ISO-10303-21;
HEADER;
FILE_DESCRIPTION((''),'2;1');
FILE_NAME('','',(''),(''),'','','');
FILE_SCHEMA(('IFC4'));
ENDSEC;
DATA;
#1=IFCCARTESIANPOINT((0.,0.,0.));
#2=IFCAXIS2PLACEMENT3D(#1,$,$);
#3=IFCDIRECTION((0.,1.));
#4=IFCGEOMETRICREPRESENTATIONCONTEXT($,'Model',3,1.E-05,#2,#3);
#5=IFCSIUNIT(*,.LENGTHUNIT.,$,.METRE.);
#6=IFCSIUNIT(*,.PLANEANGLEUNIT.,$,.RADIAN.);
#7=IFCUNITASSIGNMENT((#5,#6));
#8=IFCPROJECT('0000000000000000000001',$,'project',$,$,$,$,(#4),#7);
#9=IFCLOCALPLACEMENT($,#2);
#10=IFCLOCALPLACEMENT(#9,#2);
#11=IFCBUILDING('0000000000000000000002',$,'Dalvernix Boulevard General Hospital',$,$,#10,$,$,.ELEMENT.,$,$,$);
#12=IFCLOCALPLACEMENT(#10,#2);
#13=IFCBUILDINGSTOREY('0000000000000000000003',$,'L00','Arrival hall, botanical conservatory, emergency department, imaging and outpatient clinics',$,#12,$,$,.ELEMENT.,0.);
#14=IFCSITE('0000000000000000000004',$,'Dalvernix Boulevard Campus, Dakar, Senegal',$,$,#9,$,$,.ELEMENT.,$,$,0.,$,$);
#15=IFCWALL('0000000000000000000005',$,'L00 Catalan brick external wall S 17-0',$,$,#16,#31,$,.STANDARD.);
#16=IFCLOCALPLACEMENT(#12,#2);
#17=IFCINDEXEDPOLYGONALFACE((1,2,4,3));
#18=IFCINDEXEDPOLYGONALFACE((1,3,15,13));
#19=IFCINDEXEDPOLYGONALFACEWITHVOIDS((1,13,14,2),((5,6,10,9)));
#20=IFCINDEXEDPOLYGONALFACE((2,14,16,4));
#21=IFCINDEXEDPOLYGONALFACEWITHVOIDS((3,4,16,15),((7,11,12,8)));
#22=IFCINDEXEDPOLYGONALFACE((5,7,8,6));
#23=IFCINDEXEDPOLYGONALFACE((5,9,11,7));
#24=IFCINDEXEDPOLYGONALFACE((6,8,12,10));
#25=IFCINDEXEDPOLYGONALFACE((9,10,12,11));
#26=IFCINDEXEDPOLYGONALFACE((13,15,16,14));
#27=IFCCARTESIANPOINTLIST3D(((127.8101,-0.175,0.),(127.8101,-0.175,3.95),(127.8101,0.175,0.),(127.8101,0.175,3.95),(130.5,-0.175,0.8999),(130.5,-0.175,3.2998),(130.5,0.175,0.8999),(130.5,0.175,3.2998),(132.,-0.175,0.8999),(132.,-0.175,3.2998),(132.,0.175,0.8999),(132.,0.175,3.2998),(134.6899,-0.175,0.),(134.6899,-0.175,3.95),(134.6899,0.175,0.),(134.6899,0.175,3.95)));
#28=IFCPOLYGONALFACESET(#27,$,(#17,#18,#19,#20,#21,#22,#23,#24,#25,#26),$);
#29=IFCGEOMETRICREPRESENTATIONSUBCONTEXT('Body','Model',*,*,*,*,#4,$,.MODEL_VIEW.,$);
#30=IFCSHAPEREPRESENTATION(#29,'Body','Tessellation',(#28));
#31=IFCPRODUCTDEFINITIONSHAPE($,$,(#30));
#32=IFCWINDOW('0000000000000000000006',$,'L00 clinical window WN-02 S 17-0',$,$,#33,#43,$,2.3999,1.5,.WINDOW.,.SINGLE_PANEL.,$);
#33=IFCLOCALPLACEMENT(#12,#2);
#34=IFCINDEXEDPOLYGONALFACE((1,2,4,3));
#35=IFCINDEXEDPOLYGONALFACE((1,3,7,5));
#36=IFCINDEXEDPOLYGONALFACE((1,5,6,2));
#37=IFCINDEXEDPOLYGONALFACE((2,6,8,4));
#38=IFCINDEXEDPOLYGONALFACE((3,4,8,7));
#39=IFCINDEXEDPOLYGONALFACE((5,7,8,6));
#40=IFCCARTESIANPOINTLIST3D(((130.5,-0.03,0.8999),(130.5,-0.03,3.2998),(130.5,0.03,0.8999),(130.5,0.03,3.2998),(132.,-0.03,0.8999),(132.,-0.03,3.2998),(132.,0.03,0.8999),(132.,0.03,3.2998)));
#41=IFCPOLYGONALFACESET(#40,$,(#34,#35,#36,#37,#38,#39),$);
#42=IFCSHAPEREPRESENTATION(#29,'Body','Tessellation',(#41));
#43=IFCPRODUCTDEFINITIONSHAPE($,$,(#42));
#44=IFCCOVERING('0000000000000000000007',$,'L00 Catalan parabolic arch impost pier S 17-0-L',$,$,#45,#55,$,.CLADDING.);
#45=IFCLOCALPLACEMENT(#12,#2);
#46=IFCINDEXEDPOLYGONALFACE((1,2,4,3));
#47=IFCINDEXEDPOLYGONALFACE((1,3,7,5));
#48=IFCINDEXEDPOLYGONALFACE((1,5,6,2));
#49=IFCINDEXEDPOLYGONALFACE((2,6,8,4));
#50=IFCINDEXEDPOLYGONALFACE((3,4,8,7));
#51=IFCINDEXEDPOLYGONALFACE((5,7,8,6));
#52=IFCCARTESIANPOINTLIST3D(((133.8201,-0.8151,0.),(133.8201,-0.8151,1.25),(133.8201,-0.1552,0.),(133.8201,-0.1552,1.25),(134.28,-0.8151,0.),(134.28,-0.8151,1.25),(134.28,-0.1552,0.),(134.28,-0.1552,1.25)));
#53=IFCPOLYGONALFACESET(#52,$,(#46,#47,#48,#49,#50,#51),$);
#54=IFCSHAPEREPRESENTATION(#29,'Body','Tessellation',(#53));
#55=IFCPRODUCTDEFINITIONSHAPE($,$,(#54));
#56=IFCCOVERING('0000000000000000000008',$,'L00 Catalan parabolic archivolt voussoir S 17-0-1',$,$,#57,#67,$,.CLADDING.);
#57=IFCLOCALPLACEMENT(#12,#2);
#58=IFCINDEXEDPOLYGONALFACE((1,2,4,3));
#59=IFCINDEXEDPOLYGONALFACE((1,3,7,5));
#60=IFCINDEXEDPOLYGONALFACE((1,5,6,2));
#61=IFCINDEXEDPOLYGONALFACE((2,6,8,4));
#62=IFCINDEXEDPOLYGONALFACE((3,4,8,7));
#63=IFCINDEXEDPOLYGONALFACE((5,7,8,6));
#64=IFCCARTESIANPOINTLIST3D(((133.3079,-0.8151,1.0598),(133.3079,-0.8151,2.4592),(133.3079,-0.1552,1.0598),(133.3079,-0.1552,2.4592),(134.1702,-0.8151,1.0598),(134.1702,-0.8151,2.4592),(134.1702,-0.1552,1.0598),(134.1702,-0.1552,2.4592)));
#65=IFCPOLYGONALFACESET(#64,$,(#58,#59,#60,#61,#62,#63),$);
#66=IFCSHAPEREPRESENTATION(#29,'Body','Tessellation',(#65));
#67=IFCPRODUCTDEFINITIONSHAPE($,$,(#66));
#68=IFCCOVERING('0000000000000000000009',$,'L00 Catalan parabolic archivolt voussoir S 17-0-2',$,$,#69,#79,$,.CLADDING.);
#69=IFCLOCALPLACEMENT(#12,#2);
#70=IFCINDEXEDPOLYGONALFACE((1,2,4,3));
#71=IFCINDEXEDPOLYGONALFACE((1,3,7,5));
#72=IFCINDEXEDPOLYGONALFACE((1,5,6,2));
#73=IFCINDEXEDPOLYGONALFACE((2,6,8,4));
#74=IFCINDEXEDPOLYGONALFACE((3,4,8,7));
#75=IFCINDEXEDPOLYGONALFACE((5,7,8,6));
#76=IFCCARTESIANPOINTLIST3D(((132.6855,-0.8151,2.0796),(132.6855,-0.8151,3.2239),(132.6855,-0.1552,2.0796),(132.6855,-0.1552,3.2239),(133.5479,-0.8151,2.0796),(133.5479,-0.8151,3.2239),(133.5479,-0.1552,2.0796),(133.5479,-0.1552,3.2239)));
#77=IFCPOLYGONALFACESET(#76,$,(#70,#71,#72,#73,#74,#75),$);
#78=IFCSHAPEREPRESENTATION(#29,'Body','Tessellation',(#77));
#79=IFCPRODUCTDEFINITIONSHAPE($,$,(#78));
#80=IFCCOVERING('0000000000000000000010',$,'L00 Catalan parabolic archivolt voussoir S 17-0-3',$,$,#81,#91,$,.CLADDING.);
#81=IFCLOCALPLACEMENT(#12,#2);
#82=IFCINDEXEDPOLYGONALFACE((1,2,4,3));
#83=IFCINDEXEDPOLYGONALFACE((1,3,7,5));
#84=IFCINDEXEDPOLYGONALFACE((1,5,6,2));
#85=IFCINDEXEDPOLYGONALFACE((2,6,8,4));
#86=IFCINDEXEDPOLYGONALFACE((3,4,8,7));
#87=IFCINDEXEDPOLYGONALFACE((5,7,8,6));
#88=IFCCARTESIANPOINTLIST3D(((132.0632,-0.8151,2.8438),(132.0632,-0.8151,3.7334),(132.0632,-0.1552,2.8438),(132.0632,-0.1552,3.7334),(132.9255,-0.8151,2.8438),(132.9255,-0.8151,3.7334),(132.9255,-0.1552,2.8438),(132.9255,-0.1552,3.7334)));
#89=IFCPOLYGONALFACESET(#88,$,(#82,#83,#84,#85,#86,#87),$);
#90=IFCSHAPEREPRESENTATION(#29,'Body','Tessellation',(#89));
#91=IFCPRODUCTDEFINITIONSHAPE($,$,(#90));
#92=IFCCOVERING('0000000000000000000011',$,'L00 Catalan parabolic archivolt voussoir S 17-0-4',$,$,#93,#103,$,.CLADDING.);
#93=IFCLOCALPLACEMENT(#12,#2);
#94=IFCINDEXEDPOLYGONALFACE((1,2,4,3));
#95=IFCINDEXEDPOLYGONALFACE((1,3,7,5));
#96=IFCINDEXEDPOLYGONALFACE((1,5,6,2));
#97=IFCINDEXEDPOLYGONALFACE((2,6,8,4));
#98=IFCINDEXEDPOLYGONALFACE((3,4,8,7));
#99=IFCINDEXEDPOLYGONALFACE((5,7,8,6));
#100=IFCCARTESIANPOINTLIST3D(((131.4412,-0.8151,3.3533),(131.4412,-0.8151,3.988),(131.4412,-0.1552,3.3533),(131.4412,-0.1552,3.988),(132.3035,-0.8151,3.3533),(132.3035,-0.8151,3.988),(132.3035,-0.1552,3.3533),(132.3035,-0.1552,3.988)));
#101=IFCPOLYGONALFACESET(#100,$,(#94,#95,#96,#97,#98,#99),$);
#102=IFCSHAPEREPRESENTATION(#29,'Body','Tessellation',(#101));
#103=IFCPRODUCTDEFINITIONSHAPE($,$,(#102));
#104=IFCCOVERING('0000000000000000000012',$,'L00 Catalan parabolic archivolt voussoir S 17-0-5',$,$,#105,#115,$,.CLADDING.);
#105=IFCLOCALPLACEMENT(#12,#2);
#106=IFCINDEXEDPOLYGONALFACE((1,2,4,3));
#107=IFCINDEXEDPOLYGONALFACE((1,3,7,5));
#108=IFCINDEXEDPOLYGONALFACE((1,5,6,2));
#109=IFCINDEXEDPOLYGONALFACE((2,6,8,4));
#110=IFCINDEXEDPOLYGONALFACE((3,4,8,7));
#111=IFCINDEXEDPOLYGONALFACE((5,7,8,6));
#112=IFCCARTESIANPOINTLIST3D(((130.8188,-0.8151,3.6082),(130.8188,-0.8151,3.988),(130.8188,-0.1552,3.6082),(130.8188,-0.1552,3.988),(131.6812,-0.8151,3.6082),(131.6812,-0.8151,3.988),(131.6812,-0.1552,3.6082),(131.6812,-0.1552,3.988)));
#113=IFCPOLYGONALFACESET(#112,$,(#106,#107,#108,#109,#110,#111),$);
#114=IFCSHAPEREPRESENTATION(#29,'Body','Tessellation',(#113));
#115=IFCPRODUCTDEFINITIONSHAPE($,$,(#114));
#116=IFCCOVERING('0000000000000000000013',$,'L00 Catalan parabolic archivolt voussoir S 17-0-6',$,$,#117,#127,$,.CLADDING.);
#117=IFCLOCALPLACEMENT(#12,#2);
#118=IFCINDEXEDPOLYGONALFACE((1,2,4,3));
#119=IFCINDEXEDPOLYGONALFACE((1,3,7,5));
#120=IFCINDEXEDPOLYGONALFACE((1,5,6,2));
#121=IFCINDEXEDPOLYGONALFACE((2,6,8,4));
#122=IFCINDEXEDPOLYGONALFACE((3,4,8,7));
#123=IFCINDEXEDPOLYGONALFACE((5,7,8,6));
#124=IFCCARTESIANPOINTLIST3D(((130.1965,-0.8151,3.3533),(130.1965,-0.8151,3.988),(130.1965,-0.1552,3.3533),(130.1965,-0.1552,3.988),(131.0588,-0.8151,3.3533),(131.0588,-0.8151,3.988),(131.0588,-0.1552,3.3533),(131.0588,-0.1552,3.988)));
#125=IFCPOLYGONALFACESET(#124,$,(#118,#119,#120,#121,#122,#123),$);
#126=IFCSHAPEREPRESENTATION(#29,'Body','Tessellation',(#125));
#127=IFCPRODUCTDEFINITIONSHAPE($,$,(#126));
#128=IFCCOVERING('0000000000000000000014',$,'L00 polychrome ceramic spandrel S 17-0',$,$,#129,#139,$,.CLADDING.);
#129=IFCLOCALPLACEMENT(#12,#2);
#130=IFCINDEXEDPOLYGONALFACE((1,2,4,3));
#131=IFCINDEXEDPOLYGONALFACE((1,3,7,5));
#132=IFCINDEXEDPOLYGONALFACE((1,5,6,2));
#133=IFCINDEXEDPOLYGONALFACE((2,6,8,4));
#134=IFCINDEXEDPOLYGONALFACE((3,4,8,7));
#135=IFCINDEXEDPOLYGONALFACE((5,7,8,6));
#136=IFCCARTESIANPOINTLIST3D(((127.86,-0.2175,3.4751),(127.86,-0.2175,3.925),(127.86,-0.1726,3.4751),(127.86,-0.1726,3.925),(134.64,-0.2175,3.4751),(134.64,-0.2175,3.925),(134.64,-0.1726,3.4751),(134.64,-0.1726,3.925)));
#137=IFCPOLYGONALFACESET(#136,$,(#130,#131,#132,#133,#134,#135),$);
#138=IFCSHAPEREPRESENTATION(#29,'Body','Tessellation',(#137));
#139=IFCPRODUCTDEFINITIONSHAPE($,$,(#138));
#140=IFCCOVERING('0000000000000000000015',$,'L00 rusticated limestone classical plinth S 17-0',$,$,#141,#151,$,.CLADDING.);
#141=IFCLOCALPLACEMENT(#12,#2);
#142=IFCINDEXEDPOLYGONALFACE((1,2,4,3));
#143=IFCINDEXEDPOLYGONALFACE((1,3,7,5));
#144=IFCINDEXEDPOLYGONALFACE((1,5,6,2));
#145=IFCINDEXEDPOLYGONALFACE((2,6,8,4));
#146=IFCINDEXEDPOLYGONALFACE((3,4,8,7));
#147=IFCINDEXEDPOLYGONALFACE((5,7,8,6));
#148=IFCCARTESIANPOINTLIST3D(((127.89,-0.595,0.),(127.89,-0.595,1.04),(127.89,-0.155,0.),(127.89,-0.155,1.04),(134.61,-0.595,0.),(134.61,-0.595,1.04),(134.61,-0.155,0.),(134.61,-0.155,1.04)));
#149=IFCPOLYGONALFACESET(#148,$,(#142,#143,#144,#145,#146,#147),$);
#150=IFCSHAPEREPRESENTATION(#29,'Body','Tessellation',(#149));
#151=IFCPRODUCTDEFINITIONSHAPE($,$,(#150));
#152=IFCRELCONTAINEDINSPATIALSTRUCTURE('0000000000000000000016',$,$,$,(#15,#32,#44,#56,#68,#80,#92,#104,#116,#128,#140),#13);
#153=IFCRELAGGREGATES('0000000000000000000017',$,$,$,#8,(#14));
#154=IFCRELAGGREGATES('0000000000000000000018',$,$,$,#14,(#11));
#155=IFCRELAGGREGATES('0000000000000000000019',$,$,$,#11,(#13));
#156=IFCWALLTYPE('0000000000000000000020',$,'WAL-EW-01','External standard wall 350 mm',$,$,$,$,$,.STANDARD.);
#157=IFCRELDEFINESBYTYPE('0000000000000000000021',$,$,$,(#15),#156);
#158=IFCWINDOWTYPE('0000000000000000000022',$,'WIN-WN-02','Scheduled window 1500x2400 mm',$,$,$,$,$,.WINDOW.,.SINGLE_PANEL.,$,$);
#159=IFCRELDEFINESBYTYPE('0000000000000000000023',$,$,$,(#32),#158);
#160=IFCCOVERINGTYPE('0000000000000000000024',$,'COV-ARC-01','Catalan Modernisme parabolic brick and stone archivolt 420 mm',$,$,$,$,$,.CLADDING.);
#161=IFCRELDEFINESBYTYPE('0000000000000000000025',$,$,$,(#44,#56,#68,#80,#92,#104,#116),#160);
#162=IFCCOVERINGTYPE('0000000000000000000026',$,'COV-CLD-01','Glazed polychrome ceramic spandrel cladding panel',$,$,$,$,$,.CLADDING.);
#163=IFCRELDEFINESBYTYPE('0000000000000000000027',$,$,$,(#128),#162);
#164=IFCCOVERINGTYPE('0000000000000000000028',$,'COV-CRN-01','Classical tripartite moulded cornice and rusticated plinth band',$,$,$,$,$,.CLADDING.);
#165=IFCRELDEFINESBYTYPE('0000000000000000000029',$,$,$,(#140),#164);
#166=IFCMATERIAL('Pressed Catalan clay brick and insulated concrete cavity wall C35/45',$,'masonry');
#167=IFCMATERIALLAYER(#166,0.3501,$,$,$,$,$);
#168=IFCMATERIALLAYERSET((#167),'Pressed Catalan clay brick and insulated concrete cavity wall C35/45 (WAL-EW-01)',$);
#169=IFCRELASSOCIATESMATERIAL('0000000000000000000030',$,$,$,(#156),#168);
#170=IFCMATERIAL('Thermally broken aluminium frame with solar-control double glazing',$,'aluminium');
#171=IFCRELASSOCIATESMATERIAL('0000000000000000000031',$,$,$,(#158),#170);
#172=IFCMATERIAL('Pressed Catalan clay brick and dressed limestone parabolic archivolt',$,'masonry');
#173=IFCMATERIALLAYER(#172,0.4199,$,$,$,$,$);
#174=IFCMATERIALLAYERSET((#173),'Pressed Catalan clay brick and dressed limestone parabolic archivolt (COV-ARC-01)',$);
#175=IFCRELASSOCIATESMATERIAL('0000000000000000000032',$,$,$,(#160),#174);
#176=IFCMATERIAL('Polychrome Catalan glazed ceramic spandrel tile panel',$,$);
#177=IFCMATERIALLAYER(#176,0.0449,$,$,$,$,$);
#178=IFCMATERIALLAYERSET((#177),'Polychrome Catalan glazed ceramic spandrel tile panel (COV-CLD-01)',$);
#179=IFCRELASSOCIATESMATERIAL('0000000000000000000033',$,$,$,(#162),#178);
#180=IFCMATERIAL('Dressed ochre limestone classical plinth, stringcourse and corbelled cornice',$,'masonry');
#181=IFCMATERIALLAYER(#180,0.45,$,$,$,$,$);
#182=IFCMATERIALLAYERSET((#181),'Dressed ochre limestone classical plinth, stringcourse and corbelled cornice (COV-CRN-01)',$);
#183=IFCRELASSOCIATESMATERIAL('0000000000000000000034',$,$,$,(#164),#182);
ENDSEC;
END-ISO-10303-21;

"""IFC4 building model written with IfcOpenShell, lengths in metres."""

from ifc_helpers import new_model, si_unit, direction, frame, frame_2d, origin, origin_2d, place, context, subcontext, project, spatial, rectangle, extrude, material, layer, layer_set, type_object, element, fill, save


model = new_model("IFC4")

# Units and contexts
model_context = context("Model", 3, precision=1e-05, world=origin(), true_north=direction((0.0, 1.0)))
body_context = subcontext(model_context, "Body", "Model", "MODEL_VIEW")
ifc_project = project(units=[si_unit("LENGTHUNIT", "METRE"), si_unit("PLANEANGLEUNIT", "RADIAN")], contexts=[model_context])

# Site, building, storey
site_placement = place(None, origin())
site = spatial("IfcSite", under=ifc_project, at=site_placement, Name="Dalvernix Boulevard Campus, Dakar, Senegal", CompositionType="ELEMENT", RefElevation=0.0)
building_placement = place(site_placement, origin())
building = spatial("IfcBuilding", under=site, at=building_placement, Name="Dalvernix Boulevard General Hospital", CompositionType="ELEMENT")
storey_placement = place(building_placement, origin())
storey = spatial("IfcBuildingStorey", under=building, at=storey_placement, Name="L00", Description="Arrival hall, botanical conservatory, emergency department, imaging and outpatient clinics", CompositionType="ELEMENT", Elevation=0.0)

# Wall, opening, window
ifc_material_1 = material(Name="Pressed Catalan clay brick and insulated concrete cavity wall C35/45", Category="masonry")
ifc_layer_1 = layer(ifc_material_1, 0.3501)
ifc_layer_set_1 = layer_set([ifc_layer_1], Name="Pressed Catalan clay brick and insulated concrete cavity wall C35/45 (WAL-EW-01)")
wall_type = type_object("IfcWallType", Name="WAL-EW-01", Description="External standard wall 350 mm", PredefinedType="STANDARD", material=ifc_layer_set_1)
wall_placement = place(storey_placement, frame((134.6899, 0.0, 0.0), z_axis=(0.0, 0.0, 1.0), x_axis=(-1.0, 0.0, 0.0)))
wall = element("IfcWall", 1, at=wall_placement, inside=storey, type_object=wall_type, Name="L00 Catalan brick external wall S 17-0", PredefinedType="STANDARD", context=body_context, shape_type="SweptSolid", body=[
    extrude(rectangle(XDim=6.8799, YDim=0.3501, at=frame_2d((3.4399, 0.0))), origin(), (0.0, 0.0, 1.0), 3.95),
])
opening_placement = place(wall_placement, frame((2.6899, 0.0, 0.8999)))
opening = element("IfcOpeningElement", 2, at=opening_placement, cuts=wall, PredefinedType="OPENING", context=body_context, shape_type="SweptSolid", body=[
    extrude(rectangle(XDim=1.5, YDim=2.3999, at=frame_2d((0.75, 1.2))), frame((0.0, 0.1851, 0.0), z_axis=(0.0, -1.0, 0.0), x_axis=(1.0, 0.0, 0.0)), (0.0, 0.0, 1.0), 0.3701),
])
ifc_material_2 = material(Name="Thermally broken aluminium frame with solar-control double glazing", Category="aluminium")
window_type = type_object("IfcWindowType", Name="WIN-WN-02", Description="Scheduled window 1500x2400 mm", PartitioningType="SINGLE_PANEL", PredefinedType="WINDOW", material=ifc_material_2)
window_placement = place(opening_placement, origin())
window = element("IfcWindow", 3, at=window_placement, inside=storey, type_object=window_type, Name="L00 clinical window WN-02 S 17-0", OverallHeight=2.3999, OverallWidth=1.5, PartitioningType="SINGLE_PANEL", PredefinedType="WINDOW", context=body_context, shape_type="SweptSolid", body=[
    extrude(rectangle(XDim=1.5, YDim=2.3999, at=frame_2d((0.75, 1.2))), frame((0.0, 0.03, 0.0), z_axis=(0.0, -1.0, 0.0), x_axis=(1.0, 0.0, 0.0)), (0.0, 0.0, 1.0), 0.0601),
])
fill(opening, window)

# Coverings
ifc_material_3 = material(Name="Pressed Catalan clay brick and dressed limestone parabolic archivolt", Category="masonry")
ifc_layer_2 = layer(ifc_material_3, 0.4199)
ifc_layer_set_2 = layer_set([ifc_layer_2], Name="Pressed Catalan clay brick and dressed limestone parabolic archivolt (COV-ARC-01)")
covering_type_1 = type_object("IfcCoveringType", Name="COV-ARC-01", Description="Catalan Modernisme parabolic brick and stone archivolt 420 mm", PredefinedType="CLADDING", material=ifc_layer_set_2)
covering_1_placement = place(storey_placement, frame((134.05, -0.4851, 0.0), z_axis=(0.0, 0.0, 1.0), x_axis=(-1.0, 0.0, 0.0)))
element("IfcCovering", 4, at=covering_1_placement, inside=storey, type_object=covering_type_1, Name="L00 Catalan parabolic arch impost pier S 17-0-L", PredefinedType="CLADDING", context=body_context, shape_type="SweptSolid", body=[
    extrude(rectangle(XDim=0.46, YDim=0.6599, at=origin_2d()), origin(), (0.0, 0.0, 1.0), 1.25),
])
covering_2_placement = place(storey_placement, frame((133.739, -0.4851, 1.0598), z_axis=(0.0, 0.0, 1.0), x_axis=(-1.0, 0.0, 0.0)))
element("IfcCovering", 5, at=covering_2_placement, inside=storey, type_object=covering_type_1, Name="L00 Catalan parabolic archivolt voussoir S 17-0-1", PredefinedType="CLADDING", context=body_context, shape_type="SweptSolid", body=[
    extrude(rectangle(XDim=0.8623, YDim=0.6599, at=origin_2d()), origin(), (0.0, 0.0, 1.0), 1.3994),
])
covering_3_placement = place(storey_placement, frame((133.1167, -0.4851, 2.0796), z_axis=(0.0, 0.0, 1.0), x_axis=(-1.0, 0.0, 0.0)))
element("IfcCovering", 6, at=covering_3_placement, inside=storey, type_object=covering_type_1, Name="L00 Catalan parabolic archivolt voussoir S 17-0-2", PredefinedType="CLADDING", context=body_context, shape_type="SweptSolid", body=[
    extrude(rectangle(XDim=0.8623, YDim=0.6599, at=origin_2d()), origin(), (0.0, 0.0, 1.0), 1.1443),
])
covering_4_placement = place(storey_placement, frame((132.4944, -0.4851, 2.8438), z_axis=(0.0, 0.0, 1.0), x_axis=(-1.0, 0.0, 0.0)))
element("IfcCovering", 7, at=covering_4_placement, inside=storey, type_object=covering_type_1, Name="L00 Catalan parabolic archivolt voussoir S 17-0-3", PredefinedType="CLADDING", context=body_context, shape_type="SweptSolid", body=[
    extrude(rectangle(XDim=0.8623, YDim=0.6599, at=origin_2d()), origin(), (0.0, 0.0, 1.0), 0.8896),
])
covering_5_placement = place(storey_placement, frame((131.8723, -0.4851, 3.3533), z_axis=(0.0, 0.0, 1.0), x_axis=(-1.0, 0.0, 0.0)))
element("IfcCovering", 8, at=covering_5_placement, inside=storey, type_object=covering_type_1, Name="L00 Catalan parabolic archivolt voussoir S 17-0-4", PredefinedType="CLADDING", context=body_context, shape_type="SweptSolid", body=[
    extrude(rectangle(XDim=0.8623, YDim=0.6599, at=origin_2d()), origin(), (0.0, 0.0, 1.0), 0.6348),
])
covering_6_placement = place(storey_placement, frame((131.25, -0.4851, 3.6082), z_axis=(0.0, 0.0, 1.0), x_axis=(-1.0, 0.0, 0.0)))
element("IfcCovering", 9, at=covering_6_placement, inside=storey, type_object=covering_type_1, Name="L00 Catalan parabolic archivolt voussoir S 17-0-5", PredefinedType="CLADDING", context=body_context, shape_type="SweptSolid", body=[
    extrude(rectangle(XDim=0.8623, YDim=0.6599, at=origin_2d()), origin(), (0.0, 0.0, 1.0), 0.3799),
])
covering_7_placement = place(storey_placement, frame((130.6277, -0.4851, 3.3533), z_axis=(0.0, 0.0, 1.0), x_axis=(-1.0, 0.0, 0.0)))
element("IfcCovering", 10, at=covering_7_placement, inside=storey, type_object=covering_type_1, Name="L00 Catalan parabolic archivolt voussoir S 17-0-6", PredefinedType="CLADDING", context=body_context, shape_type="SweptSolid", body=[
    extrude(rectangle(XDim=0.8623, YDim=0.6599, at=origin_2d()), origin(), (0.0, 0.0, 1.0), 0.6348),
])
ifc_material_4 = material(Name="Polychrome Catalan glazed ceramic spandrel tile panel")
ifc_layer_3 = layer(ifc_material_4, 0.0449)
ifc_layer_set_3 = layer_set([ifc_layer_3], Name="Polychrome Catalan glazed ceramic spandrel tile panel (COV-CLD-01)")
covering_type_2 = type_object("IfcCoveringType", Name="COV-CLD-01", Description="Glazed polychrome ceramic spandrel cladding panel", PredefinedType="CLADDING", material=ifc_layer_set_3)
covering_8_placement = place(storey_placement, frame((131.25, -0.1951, 3.4751), z_axis=(0.0, 0.0, 1.0), x_axis=(-1.0, 0.0, 0.0)))
element("IfcCovering", 11, at=covering_8_placement, inside=storey, type_object=covering_type_2, Name="L00 polychrome ceramic spandrel S 17-0", PredefinedType="CLADDING", context=body_context, shape_type="SweptSolid", body=[
    extrude(rectangle(XDim=6.78, YDim=0.0449, at=origin_2d()), origin(), (0.0, 0.0, 1.0), 0.45),
])
ifc_material_5 = material(Name="Dressed ochre limestone classical plinth, stringcourse and corbelled cornice", Category="masonry")
ifc_layer_4 = layer(ifc_material_5, 0.45)
ifc_layer_set_4 = layer_set([ifc_layer_4], Name="Dressed ochre limestone classical plinth, stringcourse and corbelled cornice (COV-CRN-01)")
covering_type_3 = type_object("IfcCoveringType", Name="COV-CRN-01", Description="Classical tripartite moulded cornice and rusticated plinth band", PredefinedType="CLADDING", material=ifc_layer_set_4)
covering_9_placement = place(storey_placement, frame((131.25, -0.375, 0.0), z_axis=(0.0, 0.0, 1.0), x_axis=(-1.0, 0.0, 0.0)))
element("IfcCovering", 12, at=covering_9_placement, inside=storey, type_object=covering_type_3, Name="L00 rusticated limestone classical plinth S 17-0", PredefinedType="CLADDING", context=body_context, shape_type="SweptSolid", body=[
    extrude(rectangle(XDim=6.72, YDim=0.4399, at=origin_2d()), origin(), (0.0, 0.0, 1.0), 1.04),
])

save(model, "model.ifc")
